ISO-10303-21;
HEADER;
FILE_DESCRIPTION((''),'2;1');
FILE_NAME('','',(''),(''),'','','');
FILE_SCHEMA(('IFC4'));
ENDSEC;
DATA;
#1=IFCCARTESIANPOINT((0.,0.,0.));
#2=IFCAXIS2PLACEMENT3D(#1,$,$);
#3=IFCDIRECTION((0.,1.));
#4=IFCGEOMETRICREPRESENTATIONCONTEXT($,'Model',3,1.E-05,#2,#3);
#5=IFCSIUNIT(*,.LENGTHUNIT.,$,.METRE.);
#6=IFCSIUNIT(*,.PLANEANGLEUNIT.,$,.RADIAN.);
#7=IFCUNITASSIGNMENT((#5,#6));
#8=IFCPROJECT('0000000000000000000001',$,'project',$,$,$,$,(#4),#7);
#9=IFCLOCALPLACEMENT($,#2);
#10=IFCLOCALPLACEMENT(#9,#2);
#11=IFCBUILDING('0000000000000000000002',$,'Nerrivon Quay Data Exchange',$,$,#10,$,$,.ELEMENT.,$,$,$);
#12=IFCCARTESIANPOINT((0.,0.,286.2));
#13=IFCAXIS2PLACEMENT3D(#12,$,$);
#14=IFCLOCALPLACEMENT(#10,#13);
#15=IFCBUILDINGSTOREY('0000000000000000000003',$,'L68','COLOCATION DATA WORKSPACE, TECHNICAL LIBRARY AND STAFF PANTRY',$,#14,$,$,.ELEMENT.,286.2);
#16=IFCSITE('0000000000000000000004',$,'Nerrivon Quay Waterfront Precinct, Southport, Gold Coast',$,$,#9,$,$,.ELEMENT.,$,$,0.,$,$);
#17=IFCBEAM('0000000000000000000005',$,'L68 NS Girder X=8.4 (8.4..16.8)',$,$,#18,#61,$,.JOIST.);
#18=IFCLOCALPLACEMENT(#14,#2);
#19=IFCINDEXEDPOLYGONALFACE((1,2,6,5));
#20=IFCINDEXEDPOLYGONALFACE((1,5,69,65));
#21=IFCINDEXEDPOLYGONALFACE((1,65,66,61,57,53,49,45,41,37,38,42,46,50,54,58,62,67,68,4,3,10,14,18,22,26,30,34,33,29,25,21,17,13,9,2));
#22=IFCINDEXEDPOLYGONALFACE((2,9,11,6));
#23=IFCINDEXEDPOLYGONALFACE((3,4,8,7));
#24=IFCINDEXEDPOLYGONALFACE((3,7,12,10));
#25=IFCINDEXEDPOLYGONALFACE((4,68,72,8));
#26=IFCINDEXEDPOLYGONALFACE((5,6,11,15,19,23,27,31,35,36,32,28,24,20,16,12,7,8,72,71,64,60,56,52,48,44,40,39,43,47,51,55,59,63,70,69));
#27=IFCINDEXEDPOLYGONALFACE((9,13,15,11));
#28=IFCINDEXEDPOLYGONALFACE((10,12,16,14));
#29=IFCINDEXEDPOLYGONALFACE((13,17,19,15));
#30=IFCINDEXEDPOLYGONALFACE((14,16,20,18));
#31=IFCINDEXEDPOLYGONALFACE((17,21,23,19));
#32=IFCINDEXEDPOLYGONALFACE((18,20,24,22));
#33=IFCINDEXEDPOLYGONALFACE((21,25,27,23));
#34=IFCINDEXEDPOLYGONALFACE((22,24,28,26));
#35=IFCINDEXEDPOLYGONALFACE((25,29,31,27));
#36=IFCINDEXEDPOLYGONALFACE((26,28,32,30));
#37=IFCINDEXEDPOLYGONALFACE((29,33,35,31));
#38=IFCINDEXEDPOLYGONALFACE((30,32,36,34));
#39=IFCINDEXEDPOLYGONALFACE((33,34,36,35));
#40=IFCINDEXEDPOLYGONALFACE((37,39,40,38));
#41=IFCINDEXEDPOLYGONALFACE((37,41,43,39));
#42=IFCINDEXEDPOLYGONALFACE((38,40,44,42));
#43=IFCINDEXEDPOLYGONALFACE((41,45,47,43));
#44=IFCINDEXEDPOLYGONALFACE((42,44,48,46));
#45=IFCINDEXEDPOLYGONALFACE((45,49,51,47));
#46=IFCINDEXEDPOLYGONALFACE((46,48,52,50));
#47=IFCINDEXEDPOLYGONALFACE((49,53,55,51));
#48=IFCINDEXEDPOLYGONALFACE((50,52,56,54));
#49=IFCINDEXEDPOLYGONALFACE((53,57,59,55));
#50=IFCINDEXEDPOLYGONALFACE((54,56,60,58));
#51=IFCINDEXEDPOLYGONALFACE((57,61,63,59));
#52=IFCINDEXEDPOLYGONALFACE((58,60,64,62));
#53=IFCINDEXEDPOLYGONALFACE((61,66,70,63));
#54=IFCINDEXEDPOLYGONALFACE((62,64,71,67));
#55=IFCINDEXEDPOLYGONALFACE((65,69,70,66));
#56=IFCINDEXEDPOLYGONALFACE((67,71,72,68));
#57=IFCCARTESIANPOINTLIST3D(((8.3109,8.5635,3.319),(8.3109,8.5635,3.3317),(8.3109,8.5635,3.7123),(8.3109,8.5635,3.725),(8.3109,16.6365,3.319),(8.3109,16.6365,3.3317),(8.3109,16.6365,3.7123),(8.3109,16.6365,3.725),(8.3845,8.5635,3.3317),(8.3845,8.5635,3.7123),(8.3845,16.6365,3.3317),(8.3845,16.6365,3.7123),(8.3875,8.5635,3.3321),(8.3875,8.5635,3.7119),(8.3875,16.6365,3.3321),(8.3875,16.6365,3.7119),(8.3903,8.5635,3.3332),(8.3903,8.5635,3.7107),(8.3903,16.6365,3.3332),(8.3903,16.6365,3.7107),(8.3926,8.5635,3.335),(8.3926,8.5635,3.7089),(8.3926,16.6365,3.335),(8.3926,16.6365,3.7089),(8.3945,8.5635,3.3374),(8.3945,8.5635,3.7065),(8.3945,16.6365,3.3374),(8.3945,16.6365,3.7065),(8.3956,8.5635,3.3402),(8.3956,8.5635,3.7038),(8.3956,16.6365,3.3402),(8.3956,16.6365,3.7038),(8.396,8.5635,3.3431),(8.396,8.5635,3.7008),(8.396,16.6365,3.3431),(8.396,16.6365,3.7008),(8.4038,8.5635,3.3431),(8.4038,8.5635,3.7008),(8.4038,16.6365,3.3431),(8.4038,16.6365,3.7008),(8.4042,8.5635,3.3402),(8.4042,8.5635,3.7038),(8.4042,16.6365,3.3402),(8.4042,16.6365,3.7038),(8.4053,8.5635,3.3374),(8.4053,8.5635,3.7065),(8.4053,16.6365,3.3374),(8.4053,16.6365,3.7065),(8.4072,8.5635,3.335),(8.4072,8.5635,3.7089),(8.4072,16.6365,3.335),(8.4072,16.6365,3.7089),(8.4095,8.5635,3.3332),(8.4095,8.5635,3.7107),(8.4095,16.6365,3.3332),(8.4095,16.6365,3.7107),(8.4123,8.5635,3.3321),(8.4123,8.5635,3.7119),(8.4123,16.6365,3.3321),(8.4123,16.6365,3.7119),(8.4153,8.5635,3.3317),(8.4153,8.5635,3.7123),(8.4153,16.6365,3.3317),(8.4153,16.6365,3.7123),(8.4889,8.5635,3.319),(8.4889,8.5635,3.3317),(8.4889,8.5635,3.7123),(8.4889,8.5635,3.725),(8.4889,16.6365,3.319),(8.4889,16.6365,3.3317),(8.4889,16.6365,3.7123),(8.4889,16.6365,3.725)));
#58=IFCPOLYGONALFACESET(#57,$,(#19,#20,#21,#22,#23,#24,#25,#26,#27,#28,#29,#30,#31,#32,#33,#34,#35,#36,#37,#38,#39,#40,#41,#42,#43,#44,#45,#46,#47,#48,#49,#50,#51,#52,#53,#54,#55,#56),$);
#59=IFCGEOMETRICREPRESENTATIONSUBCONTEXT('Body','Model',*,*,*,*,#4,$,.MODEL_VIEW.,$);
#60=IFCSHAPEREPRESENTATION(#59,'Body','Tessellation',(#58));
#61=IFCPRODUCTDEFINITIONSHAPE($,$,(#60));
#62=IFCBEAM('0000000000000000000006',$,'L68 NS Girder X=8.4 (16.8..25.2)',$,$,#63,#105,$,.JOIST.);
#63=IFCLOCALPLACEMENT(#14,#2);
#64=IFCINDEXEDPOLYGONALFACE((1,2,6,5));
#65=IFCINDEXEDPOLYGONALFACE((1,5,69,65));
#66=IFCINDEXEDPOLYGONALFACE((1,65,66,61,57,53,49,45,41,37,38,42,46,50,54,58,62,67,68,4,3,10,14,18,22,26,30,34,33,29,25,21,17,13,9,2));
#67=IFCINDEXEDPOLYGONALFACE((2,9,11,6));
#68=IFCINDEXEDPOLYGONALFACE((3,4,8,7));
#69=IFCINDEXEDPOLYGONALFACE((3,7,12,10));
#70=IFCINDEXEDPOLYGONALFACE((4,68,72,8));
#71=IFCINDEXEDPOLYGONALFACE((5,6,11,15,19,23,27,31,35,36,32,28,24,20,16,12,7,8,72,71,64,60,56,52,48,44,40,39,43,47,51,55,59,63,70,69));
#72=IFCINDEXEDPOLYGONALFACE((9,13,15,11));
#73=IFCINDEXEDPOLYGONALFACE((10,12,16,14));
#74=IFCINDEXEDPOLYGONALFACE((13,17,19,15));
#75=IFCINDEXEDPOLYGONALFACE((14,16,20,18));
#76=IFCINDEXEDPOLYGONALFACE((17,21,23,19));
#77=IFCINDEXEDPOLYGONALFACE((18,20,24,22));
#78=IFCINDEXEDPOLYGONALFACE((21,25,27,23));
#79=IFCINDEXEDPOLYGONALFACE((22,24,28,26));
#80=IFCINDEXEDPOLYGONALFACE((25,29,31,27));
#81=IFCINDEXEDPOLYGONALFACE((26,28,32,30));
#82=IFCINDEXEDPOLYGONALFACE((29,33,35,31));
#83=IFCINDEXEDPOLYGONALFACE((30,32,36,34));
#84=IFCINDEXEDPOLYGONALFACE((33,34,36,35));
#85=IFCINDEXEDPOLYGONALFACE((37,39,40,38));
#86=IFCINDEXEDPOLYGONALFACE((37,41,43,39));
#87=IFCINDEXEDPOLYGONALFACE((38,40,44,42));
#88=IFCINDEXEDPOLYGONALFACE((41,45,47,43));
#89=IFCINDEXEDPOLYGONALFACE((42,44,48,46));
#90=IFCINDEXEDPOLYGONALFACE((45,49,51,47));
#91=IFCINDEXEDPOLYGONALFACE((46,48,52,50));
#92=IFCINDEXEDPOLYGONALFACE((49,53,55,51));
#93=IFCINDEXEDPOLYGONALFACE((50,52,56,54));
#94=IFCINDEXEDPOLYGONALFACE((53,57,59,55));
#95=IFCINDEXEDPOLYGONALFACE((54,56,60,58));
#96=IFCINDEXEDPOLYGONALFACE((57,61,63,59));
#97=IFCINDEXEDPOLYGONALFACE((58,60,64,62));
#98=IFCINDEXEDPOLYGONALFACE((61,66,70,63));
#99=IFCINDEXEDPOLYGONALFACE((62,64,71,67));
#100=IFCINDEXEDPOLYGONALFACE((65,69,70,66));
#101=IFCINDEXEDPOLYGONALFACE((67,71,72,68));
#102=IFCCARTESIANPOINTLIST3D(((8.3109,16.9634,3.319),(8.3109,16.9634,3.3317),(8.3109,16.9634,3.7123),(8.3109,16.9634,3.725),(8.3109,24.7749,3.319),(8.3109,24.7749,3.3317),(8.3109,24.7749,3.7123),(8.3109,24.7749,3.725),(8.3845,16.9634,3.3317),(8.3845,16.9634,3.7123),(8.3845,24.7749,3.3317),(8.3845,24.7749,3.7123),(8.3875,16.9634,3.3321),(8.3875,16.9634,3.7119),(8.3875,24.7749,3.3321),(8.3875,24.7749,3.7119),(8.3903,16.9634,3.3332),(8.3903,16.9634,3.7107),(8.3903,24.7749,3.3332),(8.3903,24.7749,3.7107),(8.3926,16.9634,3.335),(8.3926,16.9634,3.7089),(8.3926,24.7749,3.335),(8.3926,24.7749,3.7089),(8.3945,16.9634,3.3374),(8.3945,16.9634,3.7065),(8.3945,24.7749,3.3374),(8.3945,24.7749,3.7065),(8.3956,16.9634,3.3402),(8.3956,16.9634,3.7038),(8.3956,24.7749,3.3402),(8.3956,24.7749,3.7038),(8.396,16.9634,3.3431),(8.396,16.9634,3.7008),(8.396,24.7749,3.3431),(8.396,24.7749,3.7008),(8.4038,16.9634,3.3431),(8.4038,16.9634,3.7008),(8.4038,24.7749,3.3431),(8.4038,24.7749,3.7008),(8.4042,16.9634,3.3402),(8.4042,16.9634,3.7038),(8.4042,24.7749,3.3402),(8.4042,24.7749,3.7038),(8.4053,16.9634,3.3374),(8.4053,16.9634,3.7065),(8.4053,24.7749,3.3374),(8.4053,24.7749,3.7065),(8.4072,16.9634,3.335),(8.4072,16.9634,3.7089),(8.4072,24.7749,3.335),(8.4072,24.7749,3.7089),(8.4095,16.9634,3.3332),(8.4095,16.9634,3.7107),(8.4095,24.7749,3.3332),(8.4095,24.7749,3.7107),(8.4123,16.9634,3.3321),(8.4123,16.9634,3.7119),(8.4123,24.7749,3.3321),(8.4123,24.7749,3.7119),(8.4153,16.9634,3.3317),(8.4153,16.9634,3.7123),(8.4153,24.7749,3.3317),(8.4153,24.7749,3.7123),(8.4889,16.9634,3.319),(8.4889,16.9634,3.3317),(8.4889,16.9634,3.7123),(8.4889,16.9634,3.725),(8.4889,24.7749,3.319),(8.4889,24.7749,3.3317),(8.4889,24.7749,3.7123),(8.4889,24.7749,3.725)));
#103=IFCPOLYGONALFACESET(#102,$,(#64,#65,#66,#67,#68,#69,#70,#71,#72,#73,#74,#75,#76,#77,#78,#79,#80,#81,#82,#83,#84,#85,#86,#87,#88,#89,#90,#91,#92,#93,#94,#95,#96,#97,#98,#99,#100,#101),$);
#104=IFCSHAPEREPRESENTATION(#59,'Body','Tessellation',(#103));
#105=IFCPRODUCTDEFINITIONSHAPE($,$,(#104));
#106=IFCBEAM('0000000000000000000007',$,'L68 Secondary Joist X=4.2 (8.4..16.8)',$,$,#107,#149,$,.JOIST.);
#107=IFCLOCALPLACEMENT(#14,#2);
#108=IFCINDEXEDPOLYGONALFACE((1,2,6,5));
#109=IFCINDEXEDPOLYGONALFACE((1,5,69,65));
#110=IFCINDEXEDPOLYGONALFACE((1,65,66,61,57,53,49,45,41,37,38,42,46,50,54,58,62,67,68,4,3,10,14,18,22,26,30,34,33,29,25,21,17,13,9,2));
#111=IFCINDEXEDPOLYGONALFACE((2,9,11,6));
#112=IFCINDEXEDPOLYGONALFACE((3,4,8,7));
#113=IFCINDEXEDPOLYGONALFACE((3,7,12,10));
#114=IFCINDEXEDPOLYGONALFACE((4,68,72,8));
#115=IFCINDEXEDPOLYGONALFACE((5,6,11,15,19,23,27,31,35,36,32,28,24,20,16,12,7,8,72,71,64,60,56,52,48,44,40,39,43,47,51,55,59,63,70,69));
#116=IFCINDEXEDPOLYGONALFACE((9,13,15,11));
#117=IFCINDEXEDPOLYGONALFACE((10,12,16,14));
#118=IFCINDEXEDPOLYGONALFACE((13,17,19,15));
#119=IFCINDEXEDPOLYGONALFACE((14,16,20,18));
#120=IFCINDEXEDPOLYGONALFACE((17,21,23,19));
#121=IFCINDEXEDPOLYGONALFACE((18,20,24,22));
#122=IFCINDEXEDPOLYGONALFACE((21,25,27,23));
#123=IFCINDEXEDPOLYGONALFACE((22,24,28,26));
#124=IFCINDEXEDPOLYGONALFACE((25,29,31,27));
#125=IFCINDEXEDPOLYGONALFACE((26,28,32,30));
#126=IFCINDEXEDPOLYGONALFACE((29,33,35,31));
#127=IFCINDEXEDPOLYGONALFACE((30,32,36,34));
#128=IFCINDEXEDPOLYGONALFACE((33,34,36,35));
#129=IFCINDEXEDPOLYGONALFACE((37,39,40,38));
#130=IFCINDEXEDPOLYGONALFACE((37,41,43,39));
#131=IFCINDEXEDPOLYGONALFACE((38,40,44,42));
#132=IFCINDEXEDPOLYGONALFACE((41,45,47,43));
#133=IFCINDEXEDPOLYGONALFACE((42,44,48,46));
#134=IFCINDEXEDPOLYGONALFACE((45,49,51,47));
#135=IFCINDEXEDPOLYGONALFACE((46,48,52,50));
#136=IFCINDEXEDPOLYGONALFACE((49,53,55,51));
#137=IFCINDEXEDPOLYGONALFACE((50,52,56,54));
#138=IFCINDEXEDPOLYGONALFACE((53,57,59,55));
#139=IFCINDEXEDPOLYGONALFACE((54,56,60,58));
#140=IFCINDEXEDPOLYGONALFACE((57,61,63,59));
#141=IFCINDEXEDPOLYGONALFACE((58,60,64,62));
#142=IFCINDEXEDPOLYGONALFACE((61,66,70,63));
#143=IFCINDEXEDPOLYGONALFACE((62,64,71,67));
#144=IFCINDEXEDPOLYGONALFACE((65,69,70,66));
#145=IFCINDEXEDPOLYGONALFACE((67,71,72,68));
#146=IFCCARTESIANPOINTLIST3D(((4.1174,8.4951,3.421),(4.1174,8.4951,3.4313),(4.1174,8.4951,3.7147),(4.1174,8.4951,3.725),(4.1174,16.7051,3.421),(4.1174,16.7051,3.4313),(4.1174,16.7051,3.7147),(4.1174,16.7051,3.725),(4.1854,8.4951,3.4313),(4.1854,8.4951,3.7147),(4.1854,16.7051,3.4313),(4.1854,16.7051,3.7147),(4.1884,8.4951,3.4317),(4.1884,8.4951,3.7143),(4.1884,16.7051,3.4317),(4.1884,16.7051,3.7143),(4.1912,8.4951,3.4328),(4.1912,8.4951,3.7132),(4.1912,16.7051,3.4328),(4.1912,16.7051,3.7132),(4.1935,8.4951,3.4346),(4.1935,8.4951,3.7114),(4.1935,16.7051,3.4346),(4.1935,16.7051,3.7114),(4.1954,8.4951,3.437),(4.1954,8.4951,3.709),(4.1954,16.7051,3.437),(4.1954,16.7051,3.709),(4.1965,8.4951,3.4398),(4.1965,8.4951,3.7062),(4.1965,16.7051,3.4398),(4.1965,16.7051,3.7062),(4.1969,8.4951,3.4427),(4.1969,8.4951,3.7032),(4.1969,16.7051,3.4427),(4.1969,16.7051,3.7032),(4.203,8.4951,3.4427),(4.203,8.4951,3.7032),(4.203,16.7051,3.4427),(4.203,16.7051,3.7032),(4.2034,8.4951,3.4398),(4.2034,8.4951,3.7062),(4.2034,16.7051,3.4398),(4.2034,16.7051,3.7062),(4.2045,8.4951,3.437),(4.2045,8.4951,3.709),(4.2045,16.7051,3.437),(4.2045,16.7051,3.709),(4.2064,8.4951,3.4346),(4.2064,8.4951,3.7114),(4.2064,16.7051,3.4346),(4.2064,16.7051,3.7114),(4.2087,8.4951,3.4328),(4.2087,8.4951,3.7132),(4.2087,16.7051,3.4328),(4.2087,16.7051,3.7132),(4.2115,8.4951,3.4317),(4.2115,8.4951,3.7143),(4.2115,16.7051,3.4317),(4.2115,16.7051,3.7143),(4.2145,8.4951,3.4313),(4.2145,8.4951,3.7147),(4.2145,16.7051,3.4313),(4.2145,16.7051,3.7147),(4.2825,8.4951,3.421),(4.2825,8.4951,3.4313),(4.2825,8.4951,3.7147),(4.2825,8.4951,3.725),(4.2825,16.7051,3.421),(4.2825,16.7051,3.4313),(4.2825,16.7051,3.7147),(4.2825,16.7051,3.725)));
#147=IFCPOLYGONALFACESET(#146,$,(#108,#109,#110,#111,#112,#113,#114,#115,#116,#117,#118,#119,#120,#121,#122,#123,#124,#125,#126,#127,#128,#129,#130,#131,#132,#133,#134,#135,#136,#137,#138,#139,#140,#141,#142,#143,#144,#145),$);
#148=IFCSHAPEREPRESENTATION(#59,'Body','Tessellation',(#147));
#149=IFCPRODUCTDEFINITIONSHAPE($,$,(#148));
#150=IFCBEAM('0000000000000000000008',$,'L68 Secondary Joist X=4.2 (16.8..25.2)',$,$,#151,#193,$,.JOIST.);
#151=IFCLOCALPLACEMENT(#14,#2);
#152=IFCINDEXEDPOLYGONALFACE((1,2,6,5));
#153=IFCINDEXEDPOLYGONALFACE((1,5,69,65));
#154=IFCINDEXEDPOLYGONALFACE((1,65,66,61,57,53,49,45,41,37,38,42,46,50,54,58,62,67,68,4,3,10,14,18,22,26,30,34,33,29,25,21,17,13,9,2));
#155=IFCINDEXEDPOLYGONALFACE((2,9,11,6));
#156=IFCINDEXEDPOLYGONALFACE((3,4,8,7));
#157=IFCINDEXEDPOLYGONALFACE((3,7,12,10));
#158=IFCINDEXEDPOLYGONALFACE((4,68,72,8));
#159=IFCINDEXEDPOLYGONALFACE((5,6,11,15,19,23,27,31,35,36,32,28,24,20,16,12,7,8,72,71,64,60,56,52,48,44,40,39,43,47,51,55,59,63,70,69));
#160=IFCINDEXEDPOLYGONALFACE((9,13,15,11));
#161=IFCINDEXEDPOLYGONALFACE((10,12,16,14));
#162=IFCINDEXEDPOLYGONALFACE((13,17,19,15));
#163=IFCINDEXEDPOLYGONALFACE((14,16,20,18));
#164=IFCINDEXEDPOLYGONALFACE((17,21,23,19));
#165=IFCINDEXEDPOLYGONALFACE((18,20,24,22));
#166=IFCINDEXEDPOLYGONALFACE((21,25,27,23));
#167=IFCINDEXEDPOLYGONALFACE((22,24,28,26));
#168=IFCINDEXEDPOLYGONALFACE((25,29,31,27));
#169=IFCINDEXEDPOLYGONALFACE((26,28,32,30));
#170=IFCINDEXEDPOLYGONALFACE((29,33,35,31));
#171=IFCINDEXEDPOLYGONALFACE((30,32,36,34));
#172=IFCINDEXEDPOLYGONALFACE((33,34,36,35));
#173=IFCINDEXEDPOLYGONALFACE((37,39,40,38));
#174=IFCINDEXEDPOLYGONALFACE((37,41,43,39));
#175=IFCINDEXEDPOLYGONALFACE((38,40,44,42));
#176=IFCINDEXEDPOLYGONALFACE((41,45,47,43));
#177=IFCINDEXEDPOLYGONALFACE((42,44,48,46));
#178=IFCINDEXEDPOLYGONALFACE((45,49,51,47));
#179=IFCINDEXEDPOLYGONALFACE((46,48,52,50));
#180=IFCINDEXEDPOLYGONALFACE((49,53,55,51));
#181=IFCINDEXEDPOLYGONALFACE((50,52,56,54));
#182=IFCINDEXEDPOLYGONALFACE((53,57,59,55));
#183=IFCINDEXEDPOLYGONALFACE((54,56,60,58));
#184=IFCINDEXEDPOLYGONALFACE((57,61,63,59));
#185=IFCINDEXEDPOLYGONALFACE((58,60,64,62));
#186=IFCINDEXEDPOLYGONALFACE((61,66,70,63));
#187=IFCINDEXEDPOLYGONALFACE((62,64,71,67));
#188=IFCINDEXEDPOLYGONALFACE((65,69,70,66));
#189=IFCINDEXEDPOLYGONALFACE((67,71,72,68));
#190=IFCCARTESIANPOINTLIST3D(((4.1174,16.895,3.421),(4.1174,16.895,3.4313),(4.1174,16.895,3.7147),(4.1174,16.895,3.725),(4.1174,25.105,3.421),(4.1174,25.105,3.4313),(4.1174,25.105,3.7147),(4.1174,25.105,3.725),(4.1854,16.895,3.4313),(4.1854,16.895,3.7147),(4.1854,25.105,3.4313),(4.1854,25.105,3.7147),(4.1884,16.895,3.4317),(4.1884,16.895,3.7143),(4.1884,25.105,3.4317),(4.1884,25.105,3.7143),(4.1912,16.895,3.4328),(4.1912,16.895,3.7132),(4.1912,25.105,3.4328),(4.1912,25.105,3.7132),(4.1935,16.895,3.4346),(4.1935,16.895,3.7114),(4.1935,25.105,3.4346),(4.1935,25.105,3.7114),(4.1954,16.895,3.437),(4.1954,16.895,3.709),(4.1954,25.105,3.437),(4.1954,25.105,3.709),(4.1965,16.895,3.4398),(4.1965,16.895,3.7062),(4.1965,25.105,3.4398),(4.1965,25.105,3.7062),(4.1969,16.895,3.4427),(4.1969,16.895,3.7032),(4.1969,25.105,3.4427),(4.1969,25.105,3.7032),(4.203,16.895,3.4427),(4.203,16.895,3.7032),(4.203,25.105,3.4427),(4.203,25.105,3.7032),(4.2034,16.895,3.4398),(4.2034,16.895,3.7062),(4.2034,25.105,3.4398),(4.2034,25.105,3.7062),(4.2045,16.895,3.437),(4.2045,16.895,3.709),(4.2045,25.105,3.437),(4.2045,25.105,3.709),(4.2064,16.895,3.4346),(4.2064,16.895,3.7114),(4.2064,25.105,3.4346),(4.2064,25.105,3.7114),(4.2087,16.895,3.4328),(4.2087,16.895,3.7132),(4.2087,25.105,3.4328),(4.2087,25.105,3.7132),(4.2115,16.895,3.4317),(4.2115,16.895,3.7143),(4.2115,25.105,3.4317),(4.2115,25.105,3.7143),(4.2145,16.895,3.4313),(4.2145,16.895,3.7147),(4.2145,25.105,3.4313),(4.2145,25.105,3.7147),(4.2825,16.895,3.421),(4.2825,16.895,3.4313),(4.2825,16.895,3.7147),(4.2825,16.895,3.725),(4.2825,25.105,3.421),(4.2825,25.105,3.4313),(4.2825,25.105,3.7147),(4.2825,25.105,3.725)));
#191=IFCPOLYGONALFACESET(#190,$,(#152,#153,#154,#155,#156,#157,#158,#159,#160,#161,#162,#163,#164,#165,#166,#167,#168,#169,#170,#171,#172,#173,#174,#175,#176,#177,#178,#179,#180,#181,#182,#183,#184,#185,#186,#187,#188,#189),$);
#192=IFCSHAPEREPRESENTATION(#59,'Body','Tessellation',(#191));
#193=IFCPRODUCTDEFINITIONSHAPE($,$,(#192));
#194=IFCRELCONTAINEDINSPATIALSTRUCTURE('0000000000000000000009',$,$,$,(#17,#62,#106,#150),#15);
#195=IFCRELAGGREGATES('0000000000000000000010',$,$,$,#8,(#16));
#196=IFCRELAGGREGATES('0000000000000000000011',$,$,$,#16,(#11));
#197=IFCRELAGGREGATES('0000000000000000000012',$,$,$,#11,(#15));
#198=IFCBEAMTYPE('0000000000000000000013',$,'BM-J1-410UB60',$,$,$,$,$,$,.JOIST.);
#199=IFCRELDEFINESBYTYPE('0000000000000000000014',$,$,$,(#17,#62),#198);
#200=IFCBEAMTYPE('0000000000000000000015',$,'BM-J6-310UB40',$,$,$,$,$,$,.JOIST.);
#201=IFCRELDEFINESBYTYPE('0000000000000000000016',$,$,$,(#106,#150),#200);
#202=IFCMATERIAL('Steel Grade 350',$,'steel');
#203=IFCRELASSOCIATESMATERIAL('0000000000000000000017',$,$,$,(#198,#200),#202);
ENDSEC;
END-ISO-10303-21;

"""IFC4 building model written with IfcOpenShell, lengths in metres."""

from ifc_helpers import new_model, si_unit, direction, frame, origin, origin_2d, place, context, subcontext, project, spatial, i_section, extrude, material, material_profile, profile_set, type_object, element, save


model = new_model("IFC4")

# Units and contexts
model_context = context("Model", 3, precision=1e-05, world=origin(), true_north=direction((0.0, 1.0)))
body_context = subcontext(model_context, "Body", "Model", "MODEL_VIEW")
ifc_project = project(units=[si_unit("LENGTHUNIT", "METRE"), si_unit("PLANEANGLEUNIT", "RADIAN")], contexts=[model_context])

# Site, building, storey
site_placement = place(None, origin())
site = spatial("IfcSite", under=ifc_project, at=site_placement, Name="Nerrivon Quay Waterfront Precinct, Southport, Gold Coast", CompositionType="ELEMENT", RefElevation=0.0)
building_placement = place(site_placement, origin())
building = spatial("IfcBuilding", under=site, at=building_placement, Name="Nerrivon Quay Data Exchange", CompositionType="ELEMENT")
storey_placement = place(building_placement, frame((0.0, 0.0, 286.2)))
storey = spatial("IfcBuildingStorey", under=building, at=storey_placement, Name="L68", Description="COLOCATION DATA WORKSPACE, TECHNICAL LIBRARY AND STAFF PANTRY", CompositionType="ELEMENT", Elevation=286.2)

# Shared definitions
ifc_material_1 = material(Name="Steel Grade 350", Category="steel")

# Beams
ifc_material_profile_1 = material_profile(ifc_material_1, i_section(OverallWidth=0.178, OverallDepth=0.406, WebThickness=0.0078, FlangeThickness=0.0127, FilletRadius=0.0115, at=origin_2d()), Name="410UB59.7")
ifc_profile_set_1 = profile_set([ifc_material_profile_1], Name="Steel Grade 350")
beam_type_1 = type_object("IfcBeamType", Name="BM-J1-410UB60", PredefinedType="JOIST", material=ifc_profile_set_1)
beam_1_placement = place(storey_placement, frame((8.3999, 8.5635, 3.522), z_axis=(0.0, 1.0, 0.0), x_axis=(-1.0, 0.0, 0.0)))
element("IfcBeam", 1, at=beam_1_placement, inside=storey, type_object=beam_type_1, Name="L68 NS Girder X=8.4 (8.4..16.8)", PredefinedType="JOIST", context=body_context, shape_type="SweptSolid", body=[
    extrude(i_section(OverallWidth=0.178, OverallDepth=0.406, WebThickness=0.0078, FlangeThickness=0.0127, FilletRadius=0.0115, at=origin_2d()), origin(), (0.0, 0.0, 1.0), 8.073),
])
beam_2_placement = place(storey_placement, frame((8.3999, 16.9634, 3.522), z_axis=(0.0, 1.0, 0.0), x_axis=(-1.0, 0.0, 0.0)))
element("IfcBeam", 2, at=beam_2_placement, inside=storey, type_object=beam_type_1, Name="L68 NS Girder X=8.4 (16.8..25.2)", PredefinedType="JOIST", context=body_context, shape_type="SweptSolid", body=[
    extrude(i_section(OverallWidth=0.178, OverallDepth=0.406, WebThickness=0.0078, FlangeThickness=0.0127, FilletRadius=0.0115, at=origin_2d()), origin(), (0.0, 0.0, 1.0), 7.8115),
])
ifc_material_profile_2 = material_profile(ifc_material_1, i_section(OverallWidth=0.165, OverallDepth=0.304, WebThickness=0.0061, FlangeThickness=0.0103, FilletRadius=0.0115, at=origin_2d()), Name="310UB40.4")
ifc_profile_set_2 = profile_set([ifc_material_profile_2], Name="Steel Grade 350")
beam_type_2 = type_object("IfcBeamType", Name="BM-J6-310UB40", PredefinedType="JOIST", material=ifc_profile_set_2)
for number, where, z_axis, x_axis, name in (
    (3, (4.2, 8.4951, 3.573), (0.0, 1.0, 0.0), (-1.0, 0.0, 0.0), "L68 Secondary Joist X=4.2 (8.4..16.8)"),
    (4, (4.2, 16.895, 3.573), (0.0, 1.0, 0.0), (-1.0, 0.0, 0.0), "L68 Secondary Joist X=4.2 (16.8..25.2)"),
):
    element("IfcBeam", number, at=place(storey_placement, frame(where, z_axis=z_axis, x_axis=x_axis)), inside=storey, type_object=beam_type_2, Name=name, PredefinedType="JOIST", context=body_context, shape_type="SweptSolid", body=[
        extrude(i_section(OverallWidth=0.165, OverallDepth=0.304, WebThickness=0.0061, FlangeThickness=0.0103, FilletRadius=0.0115, at=origin_2d()), origin(), (0.0, 0.0, 1.0), 8.21),
    ])

save(model, "model.ifc")
